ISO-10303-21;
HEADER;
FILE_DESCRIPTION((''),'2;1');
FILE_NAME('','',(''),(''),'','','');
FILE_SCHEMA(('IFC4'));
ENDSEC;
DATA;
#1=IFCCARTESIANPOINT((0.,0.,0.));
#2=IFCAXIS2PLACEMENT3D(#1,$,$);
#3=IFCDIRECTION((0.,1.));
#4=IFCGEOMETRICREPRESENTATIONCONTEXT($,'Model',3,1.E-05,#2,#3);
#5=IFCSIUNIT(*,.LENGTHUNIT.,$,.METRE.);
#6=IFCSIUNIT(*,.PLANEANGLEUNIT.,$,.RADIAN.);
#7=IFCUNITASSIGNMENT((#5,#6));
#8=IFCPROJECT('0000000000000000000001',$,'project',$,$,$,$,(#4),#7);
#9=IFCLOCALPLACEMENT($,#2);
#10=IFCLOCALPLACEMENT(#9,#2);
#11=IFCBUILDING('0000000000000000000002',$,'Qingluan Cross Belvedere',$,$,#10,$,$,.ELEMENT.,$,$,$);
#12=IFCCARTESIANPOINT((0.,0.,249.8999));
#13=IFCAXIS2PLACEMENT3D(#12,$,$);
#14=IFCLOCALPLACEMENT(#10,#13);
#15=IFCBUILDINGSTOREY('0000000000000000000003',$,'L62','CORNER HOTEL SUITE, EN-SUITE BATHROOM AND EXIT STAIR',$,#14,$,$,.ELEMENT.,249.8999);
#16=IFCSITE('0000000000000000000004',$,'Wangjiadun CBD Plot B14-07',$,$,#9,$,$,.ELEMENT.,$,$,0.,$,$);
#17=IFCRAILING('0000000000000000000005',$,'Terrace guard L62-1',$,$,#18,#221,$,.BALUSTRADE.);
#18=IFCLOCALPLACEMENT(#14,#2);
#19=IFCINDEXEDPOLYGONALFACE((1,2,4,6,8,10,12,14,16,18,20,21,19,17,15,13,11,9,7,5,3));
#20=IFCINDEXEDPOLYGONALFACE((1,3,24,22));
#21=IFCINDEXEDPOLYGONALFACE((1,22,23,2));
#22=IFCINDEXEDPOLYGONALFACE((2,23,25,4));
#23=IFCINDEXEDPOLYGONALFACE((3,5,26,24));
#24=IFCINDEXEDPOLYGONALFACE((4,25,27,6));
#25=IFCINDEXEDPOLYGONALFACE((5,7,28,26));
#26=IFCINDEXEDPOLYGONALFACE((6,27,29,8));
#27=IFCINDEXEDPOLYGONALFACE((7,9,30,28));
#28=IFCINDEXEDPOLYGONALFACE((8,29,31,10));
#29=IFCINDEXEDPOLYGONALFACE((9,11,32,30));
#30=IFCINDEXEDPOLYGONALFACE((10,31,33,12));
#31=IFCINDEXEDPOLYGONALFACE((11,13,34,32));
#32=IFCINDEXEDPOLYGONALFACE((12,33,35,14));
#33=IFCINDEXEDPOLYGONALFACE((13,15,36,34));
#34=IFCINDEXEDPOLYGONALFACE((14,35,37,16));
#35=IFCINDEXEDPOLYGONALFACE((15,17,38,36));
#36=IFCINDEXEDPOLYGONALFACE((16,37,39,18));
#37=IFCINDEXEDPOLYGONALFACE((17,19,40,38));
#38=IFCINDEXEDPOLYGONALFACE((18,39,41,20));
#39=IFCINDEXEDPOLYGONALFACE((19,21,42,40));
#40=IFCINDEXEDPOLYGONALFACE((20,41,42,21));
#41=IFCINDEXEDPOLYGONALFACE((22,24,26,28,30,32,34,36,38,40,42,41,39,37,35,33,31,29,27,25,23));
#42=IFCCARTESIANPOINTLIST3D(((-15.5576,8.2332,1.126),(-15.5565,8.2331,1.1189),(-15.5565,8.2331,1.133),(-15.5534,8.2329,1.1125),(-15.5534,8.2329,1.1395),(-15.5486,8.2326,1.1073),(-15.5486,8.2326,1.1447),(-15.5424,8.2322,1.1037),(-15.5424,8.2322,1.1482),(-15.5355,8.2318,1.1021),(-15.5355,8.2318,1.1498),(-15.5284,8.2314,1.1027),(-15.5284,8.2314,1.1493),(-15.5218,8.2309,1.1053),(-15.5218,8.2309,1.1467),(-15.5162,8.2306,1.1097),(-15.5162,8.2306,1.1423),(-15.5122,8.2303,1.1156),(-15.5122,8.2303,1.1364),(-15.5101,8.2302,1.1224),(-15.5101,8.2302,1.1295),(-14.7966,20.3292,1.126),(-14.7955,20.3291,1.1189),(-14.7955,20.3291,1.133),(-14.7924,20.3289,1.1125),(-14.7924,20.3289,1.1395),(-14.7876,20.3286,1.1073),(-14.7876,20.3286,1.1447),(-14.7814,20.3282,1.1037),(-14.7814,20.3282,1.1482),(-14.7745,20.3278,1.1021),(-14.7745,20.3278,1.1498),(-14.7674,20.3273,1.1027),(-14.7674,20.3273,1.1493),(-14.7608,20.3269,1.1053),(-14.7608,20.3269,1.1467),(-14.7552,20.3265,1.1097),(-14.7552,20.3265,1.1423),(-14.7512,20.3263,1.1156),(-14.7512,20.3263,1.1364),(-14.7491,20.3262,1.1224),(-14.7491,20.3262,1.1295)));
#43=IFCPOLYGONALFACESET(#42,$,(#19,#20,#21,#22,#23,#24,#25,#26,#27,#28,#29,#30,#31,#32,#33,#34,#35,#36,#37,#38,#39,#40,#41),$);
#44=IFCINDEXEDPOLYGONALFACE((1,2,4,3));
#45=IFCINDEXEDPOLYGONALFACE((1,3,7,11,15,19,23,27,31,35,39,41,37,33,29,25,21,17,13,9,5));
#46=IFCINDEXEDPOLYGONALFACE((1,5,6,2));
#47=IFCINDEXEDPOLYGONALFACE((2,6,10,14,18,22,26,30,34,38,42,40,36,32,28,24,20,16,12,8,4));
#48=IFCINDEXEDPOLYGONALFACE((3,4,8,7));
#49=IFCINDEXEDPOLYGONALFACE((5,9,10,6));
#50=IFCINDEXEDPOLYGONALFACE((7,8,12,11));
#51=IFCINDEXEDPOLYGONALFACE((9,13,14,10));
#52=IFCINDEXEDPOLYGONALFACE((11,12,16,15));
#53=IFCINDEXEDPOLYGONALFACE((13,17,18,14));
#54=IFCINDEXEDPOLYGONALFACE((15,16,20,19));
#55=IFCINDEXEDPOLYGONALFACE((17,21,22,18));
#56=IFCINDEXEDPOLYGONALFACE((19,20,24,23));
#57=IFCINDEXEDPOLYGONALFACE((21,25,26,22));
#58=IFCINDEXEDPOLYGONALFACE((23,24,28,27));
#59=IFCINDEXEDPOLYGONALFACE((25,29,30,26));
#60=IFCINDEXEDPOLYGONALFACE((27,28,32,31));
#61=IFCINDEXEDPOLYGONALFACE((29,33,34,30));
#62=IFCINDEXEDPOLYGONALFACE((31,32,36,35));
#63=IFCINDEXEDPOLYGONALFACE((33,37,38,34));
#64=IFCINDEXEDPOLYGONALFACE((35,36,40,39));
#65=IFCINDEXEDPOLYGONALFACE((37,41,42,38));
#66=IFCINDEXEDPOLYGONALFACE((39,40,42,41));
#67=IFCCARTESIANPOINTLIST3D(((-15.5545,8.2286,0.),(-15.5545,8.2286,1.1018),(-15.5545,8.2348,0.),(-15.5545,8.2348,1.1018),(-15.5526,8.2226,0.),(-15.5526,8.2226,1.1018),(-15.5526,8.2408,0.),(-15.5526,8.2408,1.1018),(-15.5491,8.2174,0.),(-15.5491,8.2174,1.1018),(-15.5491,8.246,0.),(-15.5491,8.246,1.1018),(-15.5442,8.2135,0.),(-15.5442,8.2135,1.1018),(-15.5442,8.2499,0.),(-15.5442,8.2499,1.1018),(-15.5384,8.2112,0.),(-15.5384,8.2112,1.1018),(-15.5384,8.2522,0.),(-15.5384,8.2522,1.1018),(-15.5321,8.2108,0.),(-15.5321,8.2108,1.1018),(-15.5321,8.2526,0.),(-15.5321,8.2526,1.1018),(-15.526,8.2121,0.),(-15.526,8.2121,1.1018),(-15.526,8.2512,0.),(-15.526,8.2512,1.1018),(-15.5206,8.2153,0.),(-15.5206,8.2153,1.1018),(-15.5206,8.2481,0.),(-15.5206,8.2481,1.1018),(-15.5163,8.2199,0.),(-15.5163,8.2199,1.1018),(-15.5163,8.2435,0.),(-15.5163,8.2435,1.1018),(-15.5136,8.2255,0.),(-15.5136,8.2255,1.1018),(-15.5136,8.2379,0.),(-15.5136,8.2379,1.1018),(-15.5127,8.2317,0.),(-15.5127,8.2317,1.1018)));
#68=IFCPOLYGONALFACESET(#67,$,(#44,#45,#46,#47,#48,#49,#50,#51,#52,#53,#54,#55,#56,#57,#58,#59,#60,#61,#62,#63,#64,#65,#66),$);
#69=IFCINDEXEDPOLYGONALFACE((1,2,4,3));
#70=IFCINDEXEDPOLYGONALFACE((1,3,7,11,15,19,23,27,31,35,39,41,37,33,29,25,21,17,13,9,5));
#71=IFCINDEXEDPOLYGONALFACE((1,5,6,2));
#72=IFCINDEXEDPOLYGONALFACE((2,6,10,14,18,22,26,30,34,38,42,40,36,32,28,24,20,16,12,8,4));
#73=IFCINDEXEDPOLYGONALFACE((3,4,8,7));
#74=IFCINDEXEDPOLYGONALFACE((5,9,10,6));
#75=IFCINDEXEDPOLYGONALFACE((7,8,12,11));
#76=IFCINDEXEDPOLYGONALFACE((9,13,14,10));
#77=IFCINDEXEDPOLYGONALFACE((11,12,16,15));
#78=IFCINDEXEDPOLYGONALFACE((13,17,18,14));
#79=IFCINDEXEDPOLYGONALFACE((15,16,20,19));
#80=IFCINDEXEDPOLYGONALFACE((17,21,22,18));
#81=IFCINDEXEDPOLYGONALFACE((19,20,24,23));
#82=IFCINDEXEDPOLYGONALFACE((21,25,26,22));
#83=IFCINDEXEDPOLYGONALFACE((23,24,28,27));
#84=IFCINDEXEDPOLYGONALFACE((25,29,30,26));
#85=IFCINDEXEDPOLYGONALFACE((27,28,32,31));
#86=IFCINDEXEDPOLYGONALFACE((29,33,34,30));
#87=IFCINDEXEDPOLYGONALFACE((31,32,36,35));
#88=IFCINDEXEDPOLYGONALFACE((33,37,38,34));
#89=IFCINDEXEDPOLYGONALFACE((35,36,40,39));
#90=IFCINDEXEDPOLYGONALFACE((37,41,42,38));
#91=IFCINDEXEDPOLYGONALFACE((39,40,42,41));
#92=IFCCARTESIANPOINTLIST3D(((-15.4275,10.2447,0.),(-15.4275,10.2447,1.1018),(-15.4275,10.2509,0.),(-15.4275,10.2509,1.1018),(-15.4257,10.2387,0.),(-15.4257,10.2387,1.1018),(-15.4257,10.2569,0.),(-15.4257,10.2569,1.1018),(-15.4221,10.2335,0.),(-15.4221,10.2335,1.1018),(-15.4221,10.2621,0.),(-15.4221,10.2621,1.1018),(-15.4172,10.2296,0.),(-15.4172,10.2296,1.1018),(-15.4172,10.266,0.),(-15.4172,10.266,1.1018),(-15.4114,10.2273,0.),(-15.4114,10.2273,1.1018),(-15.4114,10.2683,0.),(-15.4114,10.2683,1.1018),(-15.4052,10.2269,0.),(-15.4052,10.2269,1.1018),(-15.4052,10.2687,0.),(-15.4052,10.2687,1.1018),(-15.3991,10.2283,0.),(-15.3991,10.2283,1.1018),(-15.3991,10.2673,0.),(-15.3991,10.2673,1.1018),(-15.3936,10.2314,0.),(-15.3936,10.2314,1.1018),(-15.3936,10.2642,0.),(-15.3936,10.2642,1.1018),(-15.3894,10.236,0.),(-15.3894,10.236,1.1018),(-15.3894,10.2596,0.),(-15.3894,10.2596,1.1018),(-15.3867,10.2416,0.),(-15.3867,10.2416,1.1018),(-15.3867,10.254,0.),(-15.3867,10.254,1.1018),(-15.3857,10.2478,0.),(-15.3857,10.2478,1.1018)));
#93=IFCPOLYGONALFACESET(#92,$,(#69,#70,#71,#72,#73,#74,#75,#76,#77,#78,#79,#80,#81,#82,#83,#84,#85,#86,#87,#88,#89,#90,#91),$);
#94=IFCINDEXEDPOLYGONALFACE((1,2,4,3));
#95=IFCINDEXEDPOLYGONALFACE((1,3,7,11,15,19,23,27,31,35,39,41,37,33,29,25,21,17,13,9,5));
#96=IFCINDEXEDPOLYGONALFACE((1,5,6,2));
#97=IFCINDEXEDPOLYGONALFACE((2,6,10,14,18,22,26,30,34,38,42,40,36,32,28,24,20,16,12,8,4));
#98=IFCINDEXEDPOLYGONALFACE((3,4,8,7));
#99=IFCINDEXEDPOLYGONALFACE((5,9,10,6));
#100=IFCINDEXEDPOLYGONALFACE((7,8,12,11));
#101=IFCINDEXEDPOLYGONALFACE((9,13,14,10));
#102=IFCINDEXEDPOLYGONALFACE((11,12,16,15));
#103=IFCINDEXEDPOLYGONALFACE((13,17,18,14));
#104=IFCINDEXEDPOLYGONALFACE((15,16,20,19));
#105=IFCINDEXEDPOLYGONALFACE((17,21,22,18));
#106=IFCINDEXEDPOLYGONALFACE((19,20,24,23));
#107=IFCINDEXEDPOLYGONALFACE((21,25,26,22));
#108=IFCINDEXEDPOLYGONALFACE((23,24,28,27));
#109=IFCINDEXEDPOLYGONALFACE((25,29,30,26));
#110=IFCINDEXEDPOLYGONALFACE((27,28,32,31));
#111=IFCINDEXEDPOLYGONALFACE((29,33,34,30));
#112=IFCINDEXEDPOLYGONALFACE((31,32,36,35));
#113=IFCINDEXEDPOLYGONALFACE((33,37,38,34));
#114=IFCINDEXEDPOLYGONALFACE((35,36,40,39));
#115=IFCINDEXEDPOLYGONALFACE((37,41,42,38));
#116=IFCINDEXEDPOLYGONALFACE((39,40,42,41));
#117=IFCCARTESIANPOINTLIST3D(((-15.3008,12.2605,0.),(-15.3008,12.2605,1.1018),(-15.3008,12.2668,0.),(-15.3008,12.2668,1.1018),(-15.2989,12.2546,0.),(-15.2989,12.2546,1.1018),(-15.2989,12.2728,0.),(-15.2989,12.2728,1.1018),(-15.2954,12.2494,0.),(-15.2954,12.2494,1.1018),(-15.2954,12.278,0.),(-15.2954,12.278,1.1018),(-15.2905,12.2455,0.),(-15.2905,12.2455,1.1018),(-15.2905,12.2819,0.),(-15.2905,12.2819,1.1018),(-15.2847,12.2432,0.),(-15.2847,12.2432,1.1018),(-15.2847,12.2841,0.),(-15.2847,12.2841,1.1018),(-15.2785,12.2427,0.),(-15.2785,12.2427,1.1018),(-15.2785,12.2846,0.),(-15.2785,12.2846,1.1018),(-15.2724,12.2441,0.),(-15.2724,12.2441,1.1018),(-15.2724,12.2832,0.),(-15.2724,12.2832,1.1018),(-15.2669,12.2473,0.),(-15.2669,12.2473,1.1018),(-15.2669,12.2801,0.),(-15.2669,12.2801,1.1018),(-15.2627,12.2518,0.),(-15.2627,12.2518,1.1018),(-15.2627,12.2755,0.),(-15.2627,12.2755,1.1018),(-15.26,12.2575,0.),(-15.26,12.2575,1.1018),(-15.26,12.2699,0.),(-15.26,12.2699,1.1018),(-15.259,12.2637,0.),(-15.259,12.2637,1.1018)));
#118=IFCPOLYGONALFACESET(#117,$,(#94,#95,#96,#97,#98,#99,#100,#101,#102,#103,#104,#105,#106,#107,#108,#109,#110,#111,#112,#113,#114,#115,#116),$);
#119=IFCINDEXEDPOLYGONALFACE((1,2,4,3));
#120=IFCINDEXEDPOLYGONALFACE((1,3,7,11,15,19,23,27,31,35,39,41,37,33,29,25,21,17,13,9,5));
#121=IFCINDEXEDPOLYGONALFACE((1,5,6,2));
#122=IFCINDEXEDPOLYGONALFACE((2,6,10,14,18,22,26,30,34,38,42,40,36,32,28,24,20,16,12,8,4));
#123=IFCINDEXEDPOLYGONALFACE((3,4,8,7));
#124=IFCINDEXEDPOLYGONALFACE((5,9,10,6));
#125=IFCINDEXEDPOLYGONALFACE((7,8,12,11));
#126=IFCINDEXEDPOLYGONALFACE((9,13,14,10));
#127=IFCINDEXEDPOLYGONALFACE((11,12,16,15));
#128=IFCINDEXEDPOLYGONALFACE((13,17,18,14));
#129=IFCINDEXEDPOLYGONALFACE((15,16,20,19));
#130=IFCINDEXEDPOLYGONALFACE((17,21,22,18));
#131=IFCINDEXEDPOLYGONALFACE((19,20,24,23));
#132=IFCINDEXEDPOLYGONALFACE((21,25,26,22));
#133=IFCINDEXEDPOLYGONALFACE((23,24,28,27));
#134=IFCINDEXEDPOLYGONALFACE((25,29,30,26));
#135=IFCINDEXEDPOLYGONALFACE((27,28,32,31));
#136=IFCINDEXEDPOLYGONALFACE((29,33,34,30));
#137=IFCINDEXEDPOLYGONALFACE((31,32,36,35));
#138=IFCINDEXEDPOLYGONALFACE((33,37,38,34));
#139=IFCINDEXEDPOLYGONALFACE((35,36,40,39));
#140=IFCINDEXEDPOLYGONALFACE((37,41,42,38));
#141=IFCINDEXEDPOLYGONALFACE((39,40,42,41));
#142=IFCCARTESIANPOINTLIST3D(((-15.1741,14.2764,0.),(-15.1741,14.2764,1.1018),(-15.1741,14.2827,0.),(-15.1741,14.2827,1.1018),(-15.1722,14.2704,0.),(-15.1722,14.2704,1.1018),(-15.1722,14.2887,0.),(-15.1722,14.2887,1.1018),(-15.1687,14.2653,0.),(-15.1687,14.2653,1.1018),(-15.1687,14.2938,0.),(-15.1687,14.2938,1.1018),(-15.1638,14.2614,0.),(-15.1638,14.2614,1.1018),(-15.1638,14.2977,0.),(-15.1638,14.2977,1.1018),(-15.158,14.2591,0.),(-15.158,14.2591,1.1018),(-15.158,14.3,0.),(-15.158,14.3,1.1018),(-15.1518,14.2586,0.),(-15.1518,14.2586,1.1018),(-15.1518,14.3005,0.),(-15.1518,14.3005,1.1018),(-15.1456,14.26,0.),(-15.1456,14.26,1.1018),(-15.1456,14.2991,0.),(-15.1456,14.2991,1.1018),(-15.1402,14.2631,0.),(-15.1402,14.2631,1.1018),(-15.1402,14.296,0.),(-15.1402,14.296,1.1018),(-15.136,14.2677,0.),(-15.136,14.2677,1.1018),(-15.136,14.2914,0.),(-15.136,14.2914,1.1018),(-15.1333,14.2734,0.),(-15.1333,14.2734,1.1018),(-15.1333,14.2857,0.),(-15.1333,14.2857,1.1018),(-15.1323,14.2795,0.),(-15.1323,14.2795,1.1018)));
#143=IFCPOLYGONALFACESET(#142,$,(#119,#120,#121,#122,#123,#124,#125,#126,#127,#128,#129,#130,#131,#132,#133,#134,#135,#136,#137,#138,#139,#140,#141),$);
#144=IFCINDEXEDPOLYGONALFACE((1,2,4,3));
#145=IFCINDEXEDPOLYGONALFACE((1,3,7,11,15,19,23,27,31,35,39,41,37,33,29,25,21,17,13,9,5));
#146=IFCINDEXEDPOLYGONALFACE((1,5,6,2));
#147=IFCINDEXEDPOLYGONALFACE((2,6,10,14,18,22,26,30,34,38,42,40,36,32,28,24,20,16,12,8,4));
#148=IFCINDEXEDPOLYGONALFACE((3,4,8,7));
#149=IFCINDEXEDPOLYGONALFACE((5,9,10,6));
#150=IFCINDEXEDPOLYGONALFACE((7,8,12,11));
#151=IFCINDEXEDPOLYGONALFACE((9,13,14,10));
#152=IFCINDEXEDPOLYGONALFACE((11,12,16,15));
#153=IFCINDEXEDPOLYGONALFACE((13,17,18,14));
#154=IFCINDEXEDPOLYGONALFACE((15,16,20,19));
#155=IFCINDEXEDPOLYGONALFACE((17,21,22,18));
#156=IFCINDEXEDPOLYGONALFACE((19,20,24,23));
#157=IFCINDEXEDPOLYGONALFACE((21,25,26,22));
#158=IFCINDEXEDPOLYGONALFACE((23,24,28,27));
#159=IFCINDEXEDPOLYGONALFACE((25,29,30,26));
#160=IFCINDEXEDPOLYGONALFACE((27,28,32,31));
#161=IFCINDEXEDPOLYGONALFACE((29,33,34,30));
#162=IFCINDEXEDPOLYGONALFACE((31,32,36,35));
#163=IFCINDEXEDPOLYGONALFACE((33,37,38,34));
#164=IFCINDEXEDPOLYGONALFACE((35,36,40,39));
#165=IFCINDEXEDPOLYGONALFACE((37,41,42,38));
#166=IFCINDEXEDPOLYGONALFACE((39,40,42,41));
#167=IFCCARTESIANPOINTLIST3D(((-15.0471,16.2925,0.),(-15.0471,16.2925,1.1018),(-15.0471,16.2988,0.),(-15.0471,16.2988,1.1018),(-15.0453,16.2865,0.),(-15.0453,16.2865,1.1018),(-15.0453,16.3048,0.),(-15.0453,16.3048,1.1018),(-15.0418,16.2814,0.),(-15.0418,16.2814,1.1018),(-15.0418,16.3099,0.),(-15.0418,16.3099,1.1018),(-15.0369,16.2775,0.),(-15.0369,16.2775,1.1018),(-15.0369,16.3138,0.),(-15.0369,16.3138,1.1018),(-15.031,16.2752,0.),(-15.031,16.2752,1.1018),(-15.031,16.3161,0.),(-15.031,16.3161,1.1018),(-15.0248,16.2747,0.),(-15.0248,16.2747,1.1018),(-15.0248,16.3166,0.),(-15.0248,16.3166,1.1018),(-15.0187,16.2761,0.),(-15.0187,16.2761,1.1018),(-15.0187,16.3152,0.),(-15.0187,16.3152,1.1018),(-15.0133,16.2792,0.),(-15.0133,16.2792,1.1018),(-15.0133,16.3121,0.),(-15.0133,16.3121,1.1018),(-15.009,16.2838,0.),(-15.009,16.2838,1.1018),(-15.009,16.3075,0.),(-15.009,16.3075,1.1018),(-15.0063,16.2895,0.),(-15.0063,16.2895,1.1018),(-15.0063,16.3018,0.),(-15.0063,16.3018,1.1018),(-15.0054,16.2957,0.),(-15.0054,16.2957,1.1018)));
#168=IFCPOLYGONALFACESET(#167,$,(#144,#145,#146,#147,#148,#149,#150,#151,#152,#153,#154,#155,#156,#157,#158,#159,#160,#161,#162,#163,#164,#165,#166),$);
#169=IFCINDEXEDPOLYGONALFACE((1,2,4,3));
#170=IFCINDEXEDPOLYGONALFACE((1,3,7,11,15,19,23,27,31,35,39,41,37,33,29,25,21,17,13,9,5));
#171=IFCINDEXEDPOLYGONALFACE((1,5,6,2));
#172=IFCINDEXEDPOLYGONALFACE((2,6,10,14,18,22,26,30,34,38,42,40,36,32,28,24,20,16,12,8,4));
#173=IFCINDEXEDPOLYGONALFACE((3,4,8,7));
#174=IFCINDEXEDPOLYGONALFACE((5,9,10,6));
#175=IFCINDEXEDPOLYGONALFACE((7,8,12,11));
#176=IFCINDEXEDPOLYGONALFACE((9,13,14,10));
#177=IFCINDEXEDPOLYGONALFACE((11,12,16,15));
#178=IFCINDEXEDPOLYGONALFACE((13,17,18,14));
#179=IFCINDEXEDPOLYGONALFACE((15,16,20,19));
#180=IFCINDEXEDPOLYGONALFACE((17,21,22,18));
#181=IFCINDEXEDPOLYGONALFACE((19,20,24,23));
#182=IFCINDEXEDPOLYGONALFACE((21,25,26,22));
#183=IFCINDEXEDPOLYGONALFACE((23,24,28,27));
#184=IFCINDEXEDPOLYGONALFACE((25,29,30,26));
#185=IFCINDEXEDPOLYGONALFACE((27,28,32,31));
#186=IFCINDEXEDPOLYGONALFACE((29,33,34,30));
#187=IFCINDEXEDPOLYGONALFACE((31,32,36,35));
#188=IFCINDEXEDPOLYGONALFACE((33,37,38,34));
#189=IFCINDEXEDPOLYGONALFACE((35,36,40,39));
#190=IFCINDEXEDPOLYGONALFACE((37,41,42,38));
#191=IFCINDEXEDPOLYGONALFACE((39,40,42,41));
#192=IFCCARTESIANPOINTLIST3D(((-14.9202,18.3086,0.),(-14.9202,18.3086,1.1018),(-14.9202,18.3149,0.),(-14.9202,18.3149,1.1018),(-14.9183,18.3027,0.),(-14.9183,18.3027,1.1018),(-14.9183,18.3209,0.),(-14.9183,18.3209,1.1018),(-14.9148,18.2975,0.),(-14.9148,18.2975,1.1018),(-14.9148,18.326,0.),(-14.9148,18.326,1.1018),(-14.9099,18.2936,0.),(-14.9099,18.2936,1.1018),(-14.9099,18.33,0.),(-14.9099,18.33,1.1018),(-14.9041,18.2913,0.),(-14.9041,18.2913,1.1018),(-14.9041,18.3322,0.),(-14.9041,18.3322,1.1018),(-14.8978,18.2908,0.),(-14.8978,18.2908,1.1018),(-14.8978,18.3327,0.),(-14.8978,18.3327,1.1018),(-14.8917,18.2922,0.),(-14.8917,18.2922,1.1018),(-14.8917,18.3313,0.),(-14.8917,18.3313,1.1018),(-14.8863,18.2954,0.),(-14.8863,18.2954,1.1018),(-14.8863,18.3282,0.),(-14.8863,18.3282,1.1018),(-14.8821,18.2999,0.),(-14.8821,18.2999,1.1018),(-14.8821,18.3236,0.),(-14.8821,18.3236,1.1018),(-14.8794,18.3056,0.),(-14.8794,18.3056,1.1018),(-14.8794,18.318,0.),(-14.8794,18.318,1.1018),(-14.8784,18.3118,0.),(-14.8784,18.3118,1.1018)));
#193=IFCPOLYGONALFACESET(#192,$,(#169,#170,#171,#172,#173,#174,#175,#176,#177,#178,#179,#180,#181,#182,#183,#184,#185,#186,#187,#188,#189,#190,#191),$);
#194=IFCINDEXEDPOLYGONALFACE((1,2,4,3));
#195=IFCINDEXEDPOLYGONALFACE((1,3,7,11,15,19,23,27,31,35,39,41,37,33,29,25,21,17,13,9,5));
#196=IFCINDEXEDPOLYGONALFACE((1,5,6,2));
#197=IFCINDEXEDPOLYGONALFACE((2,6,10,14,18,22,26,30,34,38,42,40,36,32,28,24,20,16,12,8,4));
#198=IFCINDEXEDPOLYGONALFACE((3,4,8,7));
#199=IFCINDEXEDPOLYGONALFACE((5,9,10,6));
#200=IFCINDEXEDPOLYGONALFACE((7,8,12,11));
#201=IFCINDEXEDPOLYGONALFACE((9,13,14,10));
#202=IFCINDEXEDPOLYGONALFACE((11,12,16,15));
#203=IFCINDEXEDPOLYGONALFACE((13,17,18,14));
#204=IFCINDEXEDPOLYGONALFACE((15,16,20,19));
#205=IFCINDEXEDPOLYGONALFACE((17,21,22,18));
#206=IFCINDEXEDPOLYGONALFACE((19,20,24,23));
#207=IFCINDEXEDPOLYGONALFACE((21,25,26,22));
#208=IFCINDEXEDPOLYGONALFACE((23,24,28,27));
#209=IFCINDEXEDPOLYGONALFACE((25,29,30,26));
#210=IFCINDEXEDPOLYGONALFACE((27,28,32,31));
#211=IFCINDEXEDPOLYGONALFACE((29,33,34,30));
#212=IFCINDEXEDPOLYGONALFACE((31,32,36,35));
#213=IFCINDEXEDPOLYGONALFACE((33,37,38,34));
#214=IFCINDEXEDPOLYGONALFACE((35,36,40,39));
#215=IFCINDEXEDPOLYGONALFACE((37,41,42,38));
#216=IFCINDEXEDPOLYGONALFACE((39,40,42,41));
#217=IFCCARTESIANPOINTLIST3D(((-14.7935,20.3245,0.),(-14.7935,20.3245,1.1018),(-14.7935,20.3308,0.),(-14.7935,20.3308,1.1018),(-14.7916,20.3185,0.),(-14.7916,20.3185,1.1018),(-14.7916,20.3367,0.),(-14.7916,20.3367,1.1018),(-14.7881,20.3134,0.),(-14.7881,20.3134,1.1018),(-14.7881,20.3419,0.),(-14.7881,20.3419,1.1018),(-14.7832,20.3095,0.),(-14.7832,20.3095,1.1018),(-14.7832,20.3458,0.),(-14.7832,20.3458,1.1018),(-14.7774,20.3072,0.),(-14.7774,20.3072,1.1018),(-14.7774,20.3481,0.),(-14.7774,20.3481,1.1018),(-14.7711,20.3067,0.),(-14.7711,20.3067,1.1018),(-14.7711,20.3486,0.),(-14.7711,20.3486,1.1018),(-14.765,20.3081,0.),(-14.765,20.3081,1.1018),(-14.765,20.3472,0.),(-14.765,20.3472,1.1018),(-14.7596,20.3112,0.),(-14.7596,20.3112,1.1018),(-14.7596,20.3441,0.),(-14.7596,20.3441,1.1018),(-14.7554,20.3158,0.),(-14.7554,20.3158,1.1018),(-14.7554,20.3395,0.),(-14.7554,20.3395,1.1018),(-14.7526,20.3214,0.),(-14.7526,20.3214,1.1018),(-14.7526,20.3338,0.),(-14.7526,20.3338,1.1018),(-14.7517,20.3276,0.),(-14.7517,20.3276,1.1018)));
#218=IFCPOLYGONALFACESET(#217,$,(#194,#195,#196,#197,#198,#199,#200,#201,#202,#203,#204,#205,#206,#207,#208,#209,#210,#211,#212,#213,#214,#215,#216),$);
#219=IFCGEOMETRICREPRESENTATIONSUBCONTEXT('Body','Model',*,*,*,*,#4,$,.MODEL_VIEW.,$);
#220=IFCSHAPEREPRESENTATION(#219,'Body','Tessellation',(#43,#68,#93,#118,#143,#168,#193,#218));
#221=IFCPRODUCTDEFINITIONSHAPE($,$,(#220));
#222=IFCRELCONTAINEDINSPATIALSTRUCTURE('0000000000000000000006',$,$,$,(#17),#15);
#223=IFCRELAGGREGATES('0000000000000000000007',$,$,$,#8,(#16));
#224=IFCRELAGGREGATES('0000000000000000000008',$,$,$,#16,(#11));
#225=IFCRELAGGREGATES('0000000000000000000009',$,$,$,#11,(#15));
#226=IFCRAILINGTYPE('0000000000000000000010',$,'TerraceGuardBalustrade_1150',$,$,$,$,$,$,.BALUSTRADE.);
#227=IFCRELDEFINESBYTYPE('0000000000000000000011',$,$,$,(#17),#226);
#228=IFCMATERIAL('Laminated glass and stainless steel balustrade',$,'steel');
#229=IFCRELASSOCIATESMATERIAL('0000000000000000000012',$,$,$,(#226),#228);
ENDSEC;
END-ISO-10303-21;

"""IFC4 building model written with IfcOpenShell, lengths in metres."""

from ifc_helpers import new_model, si_unit, direction, frame, origin, origin_2d, place, context, subcontext, project, spatial, circle, extrude, material, type_object, element, save


model = new_model("IFC4")

# Units and contexts
model_context = context("Model", 3, precision=1e-05, world=origin(), true_north=direction((0.0, 1.0)))
body_context = subcontext(model_context, "Body", "Model", "MODEL_VIEW")
ifc_project = project(units=[si_unit("LENGTHUNIT", "METRE"), si_unit("PLANEANGLEUNIT", "RADIAN")], contexts=[model_context])

# Site, building, storey
site_placement = place(None, origin())
site = spatial("IfcSite", under=ifc_project, at=site_placement, Name="Wangjiadun CBD Plot B14-07", CompositionType="ELEMENT", RefElevation=0.0)
building_placement = place(site_placement, origin())
building = spatial("IfcBuilding", under=site, at=building_placement, Name="Qingluan Cross Belvedere", CompositionType="ELEMENT")
storey_placement = place(building_placement, frame((0.0, 0.0, 249.8999)))
storey = spatial("IfcBuildingStorey", under=building, at=storey_placement, Name="L62", Description="CORNER HOTEL SUITE, EN-SUITE BATHROOM AND EXIT STAIR", CompositionType="ELEMENT", Elevation=249.8999)

# Railing
ifc_material_1 = material(Name="Laminated glass and stainless steel balustrade", Category="steel")
railing_type = type_object("IfcRailingType", Name="TerraceGuardBalustrade_1150", PredefinedType="BALUSTRADE", material=ifc_material_1)
railing_1_placement = place(storey_placement, frame((-15.5337, 8.2317, 0.0)))
element("IfcRailing", 1, at=railing_1_placement, inside=storey, type_object=railing_type, Name="Terrace guard L62-1", PredefinedType="BALUSTRADE", context=body_context, shape_type="SweptSolid", body=[
    extrude(circle(Radius=0.0239, at=origin_2d()), frame((0.0, 0.0, 1.126), z_axis=(0.062788, 0.998027, 0.0), x_axis=(-0.998027, 0.062788, 0.0)), (0.0, 0.0, 1.0), 12.1199),
    extrude(circle(Radius=0.021, at=origin_2d()), origin(), (0.0, 0.0, 1.0), 1.1018),
    extrude(circle(Radius=0.021, at=origin_2d()), frame((0.127, 2.0161, 0.0)), (0.0, 0.0, 1.0), 1.1018),
    extrude(circle(Radius=0.021, at=origin_2d()), frame((0.2537, 4.032, 0.0)), (0.0, 0.0, 1.0), 1.1018),
    extrude(circle(Radius=0.021, at=origin_2d()), frame((0.3804, 6.0479, 0.0)), (0.0, 0.0, 1.0), 1.1018),
    extrude(circle(Radius=0.021, at=origin_2d()), frame((0.5073, 8.064, 0.0)), (0.0, 0.0, 1.0), 1.1018),
    extrude(circle(Radius=0.021, at=origin_2d()), frame((0.6343, 10.0801, 0.0)), (0.0, 0.0, 1.0), 1.1018),
    extrude(circle(Radius=0.021, at=origin_2d()), frame((0.761, 12.0959, 0.0)), (0.0, 0.0, 1.0), 1.1018),
])

save(model, "model.ifc")
